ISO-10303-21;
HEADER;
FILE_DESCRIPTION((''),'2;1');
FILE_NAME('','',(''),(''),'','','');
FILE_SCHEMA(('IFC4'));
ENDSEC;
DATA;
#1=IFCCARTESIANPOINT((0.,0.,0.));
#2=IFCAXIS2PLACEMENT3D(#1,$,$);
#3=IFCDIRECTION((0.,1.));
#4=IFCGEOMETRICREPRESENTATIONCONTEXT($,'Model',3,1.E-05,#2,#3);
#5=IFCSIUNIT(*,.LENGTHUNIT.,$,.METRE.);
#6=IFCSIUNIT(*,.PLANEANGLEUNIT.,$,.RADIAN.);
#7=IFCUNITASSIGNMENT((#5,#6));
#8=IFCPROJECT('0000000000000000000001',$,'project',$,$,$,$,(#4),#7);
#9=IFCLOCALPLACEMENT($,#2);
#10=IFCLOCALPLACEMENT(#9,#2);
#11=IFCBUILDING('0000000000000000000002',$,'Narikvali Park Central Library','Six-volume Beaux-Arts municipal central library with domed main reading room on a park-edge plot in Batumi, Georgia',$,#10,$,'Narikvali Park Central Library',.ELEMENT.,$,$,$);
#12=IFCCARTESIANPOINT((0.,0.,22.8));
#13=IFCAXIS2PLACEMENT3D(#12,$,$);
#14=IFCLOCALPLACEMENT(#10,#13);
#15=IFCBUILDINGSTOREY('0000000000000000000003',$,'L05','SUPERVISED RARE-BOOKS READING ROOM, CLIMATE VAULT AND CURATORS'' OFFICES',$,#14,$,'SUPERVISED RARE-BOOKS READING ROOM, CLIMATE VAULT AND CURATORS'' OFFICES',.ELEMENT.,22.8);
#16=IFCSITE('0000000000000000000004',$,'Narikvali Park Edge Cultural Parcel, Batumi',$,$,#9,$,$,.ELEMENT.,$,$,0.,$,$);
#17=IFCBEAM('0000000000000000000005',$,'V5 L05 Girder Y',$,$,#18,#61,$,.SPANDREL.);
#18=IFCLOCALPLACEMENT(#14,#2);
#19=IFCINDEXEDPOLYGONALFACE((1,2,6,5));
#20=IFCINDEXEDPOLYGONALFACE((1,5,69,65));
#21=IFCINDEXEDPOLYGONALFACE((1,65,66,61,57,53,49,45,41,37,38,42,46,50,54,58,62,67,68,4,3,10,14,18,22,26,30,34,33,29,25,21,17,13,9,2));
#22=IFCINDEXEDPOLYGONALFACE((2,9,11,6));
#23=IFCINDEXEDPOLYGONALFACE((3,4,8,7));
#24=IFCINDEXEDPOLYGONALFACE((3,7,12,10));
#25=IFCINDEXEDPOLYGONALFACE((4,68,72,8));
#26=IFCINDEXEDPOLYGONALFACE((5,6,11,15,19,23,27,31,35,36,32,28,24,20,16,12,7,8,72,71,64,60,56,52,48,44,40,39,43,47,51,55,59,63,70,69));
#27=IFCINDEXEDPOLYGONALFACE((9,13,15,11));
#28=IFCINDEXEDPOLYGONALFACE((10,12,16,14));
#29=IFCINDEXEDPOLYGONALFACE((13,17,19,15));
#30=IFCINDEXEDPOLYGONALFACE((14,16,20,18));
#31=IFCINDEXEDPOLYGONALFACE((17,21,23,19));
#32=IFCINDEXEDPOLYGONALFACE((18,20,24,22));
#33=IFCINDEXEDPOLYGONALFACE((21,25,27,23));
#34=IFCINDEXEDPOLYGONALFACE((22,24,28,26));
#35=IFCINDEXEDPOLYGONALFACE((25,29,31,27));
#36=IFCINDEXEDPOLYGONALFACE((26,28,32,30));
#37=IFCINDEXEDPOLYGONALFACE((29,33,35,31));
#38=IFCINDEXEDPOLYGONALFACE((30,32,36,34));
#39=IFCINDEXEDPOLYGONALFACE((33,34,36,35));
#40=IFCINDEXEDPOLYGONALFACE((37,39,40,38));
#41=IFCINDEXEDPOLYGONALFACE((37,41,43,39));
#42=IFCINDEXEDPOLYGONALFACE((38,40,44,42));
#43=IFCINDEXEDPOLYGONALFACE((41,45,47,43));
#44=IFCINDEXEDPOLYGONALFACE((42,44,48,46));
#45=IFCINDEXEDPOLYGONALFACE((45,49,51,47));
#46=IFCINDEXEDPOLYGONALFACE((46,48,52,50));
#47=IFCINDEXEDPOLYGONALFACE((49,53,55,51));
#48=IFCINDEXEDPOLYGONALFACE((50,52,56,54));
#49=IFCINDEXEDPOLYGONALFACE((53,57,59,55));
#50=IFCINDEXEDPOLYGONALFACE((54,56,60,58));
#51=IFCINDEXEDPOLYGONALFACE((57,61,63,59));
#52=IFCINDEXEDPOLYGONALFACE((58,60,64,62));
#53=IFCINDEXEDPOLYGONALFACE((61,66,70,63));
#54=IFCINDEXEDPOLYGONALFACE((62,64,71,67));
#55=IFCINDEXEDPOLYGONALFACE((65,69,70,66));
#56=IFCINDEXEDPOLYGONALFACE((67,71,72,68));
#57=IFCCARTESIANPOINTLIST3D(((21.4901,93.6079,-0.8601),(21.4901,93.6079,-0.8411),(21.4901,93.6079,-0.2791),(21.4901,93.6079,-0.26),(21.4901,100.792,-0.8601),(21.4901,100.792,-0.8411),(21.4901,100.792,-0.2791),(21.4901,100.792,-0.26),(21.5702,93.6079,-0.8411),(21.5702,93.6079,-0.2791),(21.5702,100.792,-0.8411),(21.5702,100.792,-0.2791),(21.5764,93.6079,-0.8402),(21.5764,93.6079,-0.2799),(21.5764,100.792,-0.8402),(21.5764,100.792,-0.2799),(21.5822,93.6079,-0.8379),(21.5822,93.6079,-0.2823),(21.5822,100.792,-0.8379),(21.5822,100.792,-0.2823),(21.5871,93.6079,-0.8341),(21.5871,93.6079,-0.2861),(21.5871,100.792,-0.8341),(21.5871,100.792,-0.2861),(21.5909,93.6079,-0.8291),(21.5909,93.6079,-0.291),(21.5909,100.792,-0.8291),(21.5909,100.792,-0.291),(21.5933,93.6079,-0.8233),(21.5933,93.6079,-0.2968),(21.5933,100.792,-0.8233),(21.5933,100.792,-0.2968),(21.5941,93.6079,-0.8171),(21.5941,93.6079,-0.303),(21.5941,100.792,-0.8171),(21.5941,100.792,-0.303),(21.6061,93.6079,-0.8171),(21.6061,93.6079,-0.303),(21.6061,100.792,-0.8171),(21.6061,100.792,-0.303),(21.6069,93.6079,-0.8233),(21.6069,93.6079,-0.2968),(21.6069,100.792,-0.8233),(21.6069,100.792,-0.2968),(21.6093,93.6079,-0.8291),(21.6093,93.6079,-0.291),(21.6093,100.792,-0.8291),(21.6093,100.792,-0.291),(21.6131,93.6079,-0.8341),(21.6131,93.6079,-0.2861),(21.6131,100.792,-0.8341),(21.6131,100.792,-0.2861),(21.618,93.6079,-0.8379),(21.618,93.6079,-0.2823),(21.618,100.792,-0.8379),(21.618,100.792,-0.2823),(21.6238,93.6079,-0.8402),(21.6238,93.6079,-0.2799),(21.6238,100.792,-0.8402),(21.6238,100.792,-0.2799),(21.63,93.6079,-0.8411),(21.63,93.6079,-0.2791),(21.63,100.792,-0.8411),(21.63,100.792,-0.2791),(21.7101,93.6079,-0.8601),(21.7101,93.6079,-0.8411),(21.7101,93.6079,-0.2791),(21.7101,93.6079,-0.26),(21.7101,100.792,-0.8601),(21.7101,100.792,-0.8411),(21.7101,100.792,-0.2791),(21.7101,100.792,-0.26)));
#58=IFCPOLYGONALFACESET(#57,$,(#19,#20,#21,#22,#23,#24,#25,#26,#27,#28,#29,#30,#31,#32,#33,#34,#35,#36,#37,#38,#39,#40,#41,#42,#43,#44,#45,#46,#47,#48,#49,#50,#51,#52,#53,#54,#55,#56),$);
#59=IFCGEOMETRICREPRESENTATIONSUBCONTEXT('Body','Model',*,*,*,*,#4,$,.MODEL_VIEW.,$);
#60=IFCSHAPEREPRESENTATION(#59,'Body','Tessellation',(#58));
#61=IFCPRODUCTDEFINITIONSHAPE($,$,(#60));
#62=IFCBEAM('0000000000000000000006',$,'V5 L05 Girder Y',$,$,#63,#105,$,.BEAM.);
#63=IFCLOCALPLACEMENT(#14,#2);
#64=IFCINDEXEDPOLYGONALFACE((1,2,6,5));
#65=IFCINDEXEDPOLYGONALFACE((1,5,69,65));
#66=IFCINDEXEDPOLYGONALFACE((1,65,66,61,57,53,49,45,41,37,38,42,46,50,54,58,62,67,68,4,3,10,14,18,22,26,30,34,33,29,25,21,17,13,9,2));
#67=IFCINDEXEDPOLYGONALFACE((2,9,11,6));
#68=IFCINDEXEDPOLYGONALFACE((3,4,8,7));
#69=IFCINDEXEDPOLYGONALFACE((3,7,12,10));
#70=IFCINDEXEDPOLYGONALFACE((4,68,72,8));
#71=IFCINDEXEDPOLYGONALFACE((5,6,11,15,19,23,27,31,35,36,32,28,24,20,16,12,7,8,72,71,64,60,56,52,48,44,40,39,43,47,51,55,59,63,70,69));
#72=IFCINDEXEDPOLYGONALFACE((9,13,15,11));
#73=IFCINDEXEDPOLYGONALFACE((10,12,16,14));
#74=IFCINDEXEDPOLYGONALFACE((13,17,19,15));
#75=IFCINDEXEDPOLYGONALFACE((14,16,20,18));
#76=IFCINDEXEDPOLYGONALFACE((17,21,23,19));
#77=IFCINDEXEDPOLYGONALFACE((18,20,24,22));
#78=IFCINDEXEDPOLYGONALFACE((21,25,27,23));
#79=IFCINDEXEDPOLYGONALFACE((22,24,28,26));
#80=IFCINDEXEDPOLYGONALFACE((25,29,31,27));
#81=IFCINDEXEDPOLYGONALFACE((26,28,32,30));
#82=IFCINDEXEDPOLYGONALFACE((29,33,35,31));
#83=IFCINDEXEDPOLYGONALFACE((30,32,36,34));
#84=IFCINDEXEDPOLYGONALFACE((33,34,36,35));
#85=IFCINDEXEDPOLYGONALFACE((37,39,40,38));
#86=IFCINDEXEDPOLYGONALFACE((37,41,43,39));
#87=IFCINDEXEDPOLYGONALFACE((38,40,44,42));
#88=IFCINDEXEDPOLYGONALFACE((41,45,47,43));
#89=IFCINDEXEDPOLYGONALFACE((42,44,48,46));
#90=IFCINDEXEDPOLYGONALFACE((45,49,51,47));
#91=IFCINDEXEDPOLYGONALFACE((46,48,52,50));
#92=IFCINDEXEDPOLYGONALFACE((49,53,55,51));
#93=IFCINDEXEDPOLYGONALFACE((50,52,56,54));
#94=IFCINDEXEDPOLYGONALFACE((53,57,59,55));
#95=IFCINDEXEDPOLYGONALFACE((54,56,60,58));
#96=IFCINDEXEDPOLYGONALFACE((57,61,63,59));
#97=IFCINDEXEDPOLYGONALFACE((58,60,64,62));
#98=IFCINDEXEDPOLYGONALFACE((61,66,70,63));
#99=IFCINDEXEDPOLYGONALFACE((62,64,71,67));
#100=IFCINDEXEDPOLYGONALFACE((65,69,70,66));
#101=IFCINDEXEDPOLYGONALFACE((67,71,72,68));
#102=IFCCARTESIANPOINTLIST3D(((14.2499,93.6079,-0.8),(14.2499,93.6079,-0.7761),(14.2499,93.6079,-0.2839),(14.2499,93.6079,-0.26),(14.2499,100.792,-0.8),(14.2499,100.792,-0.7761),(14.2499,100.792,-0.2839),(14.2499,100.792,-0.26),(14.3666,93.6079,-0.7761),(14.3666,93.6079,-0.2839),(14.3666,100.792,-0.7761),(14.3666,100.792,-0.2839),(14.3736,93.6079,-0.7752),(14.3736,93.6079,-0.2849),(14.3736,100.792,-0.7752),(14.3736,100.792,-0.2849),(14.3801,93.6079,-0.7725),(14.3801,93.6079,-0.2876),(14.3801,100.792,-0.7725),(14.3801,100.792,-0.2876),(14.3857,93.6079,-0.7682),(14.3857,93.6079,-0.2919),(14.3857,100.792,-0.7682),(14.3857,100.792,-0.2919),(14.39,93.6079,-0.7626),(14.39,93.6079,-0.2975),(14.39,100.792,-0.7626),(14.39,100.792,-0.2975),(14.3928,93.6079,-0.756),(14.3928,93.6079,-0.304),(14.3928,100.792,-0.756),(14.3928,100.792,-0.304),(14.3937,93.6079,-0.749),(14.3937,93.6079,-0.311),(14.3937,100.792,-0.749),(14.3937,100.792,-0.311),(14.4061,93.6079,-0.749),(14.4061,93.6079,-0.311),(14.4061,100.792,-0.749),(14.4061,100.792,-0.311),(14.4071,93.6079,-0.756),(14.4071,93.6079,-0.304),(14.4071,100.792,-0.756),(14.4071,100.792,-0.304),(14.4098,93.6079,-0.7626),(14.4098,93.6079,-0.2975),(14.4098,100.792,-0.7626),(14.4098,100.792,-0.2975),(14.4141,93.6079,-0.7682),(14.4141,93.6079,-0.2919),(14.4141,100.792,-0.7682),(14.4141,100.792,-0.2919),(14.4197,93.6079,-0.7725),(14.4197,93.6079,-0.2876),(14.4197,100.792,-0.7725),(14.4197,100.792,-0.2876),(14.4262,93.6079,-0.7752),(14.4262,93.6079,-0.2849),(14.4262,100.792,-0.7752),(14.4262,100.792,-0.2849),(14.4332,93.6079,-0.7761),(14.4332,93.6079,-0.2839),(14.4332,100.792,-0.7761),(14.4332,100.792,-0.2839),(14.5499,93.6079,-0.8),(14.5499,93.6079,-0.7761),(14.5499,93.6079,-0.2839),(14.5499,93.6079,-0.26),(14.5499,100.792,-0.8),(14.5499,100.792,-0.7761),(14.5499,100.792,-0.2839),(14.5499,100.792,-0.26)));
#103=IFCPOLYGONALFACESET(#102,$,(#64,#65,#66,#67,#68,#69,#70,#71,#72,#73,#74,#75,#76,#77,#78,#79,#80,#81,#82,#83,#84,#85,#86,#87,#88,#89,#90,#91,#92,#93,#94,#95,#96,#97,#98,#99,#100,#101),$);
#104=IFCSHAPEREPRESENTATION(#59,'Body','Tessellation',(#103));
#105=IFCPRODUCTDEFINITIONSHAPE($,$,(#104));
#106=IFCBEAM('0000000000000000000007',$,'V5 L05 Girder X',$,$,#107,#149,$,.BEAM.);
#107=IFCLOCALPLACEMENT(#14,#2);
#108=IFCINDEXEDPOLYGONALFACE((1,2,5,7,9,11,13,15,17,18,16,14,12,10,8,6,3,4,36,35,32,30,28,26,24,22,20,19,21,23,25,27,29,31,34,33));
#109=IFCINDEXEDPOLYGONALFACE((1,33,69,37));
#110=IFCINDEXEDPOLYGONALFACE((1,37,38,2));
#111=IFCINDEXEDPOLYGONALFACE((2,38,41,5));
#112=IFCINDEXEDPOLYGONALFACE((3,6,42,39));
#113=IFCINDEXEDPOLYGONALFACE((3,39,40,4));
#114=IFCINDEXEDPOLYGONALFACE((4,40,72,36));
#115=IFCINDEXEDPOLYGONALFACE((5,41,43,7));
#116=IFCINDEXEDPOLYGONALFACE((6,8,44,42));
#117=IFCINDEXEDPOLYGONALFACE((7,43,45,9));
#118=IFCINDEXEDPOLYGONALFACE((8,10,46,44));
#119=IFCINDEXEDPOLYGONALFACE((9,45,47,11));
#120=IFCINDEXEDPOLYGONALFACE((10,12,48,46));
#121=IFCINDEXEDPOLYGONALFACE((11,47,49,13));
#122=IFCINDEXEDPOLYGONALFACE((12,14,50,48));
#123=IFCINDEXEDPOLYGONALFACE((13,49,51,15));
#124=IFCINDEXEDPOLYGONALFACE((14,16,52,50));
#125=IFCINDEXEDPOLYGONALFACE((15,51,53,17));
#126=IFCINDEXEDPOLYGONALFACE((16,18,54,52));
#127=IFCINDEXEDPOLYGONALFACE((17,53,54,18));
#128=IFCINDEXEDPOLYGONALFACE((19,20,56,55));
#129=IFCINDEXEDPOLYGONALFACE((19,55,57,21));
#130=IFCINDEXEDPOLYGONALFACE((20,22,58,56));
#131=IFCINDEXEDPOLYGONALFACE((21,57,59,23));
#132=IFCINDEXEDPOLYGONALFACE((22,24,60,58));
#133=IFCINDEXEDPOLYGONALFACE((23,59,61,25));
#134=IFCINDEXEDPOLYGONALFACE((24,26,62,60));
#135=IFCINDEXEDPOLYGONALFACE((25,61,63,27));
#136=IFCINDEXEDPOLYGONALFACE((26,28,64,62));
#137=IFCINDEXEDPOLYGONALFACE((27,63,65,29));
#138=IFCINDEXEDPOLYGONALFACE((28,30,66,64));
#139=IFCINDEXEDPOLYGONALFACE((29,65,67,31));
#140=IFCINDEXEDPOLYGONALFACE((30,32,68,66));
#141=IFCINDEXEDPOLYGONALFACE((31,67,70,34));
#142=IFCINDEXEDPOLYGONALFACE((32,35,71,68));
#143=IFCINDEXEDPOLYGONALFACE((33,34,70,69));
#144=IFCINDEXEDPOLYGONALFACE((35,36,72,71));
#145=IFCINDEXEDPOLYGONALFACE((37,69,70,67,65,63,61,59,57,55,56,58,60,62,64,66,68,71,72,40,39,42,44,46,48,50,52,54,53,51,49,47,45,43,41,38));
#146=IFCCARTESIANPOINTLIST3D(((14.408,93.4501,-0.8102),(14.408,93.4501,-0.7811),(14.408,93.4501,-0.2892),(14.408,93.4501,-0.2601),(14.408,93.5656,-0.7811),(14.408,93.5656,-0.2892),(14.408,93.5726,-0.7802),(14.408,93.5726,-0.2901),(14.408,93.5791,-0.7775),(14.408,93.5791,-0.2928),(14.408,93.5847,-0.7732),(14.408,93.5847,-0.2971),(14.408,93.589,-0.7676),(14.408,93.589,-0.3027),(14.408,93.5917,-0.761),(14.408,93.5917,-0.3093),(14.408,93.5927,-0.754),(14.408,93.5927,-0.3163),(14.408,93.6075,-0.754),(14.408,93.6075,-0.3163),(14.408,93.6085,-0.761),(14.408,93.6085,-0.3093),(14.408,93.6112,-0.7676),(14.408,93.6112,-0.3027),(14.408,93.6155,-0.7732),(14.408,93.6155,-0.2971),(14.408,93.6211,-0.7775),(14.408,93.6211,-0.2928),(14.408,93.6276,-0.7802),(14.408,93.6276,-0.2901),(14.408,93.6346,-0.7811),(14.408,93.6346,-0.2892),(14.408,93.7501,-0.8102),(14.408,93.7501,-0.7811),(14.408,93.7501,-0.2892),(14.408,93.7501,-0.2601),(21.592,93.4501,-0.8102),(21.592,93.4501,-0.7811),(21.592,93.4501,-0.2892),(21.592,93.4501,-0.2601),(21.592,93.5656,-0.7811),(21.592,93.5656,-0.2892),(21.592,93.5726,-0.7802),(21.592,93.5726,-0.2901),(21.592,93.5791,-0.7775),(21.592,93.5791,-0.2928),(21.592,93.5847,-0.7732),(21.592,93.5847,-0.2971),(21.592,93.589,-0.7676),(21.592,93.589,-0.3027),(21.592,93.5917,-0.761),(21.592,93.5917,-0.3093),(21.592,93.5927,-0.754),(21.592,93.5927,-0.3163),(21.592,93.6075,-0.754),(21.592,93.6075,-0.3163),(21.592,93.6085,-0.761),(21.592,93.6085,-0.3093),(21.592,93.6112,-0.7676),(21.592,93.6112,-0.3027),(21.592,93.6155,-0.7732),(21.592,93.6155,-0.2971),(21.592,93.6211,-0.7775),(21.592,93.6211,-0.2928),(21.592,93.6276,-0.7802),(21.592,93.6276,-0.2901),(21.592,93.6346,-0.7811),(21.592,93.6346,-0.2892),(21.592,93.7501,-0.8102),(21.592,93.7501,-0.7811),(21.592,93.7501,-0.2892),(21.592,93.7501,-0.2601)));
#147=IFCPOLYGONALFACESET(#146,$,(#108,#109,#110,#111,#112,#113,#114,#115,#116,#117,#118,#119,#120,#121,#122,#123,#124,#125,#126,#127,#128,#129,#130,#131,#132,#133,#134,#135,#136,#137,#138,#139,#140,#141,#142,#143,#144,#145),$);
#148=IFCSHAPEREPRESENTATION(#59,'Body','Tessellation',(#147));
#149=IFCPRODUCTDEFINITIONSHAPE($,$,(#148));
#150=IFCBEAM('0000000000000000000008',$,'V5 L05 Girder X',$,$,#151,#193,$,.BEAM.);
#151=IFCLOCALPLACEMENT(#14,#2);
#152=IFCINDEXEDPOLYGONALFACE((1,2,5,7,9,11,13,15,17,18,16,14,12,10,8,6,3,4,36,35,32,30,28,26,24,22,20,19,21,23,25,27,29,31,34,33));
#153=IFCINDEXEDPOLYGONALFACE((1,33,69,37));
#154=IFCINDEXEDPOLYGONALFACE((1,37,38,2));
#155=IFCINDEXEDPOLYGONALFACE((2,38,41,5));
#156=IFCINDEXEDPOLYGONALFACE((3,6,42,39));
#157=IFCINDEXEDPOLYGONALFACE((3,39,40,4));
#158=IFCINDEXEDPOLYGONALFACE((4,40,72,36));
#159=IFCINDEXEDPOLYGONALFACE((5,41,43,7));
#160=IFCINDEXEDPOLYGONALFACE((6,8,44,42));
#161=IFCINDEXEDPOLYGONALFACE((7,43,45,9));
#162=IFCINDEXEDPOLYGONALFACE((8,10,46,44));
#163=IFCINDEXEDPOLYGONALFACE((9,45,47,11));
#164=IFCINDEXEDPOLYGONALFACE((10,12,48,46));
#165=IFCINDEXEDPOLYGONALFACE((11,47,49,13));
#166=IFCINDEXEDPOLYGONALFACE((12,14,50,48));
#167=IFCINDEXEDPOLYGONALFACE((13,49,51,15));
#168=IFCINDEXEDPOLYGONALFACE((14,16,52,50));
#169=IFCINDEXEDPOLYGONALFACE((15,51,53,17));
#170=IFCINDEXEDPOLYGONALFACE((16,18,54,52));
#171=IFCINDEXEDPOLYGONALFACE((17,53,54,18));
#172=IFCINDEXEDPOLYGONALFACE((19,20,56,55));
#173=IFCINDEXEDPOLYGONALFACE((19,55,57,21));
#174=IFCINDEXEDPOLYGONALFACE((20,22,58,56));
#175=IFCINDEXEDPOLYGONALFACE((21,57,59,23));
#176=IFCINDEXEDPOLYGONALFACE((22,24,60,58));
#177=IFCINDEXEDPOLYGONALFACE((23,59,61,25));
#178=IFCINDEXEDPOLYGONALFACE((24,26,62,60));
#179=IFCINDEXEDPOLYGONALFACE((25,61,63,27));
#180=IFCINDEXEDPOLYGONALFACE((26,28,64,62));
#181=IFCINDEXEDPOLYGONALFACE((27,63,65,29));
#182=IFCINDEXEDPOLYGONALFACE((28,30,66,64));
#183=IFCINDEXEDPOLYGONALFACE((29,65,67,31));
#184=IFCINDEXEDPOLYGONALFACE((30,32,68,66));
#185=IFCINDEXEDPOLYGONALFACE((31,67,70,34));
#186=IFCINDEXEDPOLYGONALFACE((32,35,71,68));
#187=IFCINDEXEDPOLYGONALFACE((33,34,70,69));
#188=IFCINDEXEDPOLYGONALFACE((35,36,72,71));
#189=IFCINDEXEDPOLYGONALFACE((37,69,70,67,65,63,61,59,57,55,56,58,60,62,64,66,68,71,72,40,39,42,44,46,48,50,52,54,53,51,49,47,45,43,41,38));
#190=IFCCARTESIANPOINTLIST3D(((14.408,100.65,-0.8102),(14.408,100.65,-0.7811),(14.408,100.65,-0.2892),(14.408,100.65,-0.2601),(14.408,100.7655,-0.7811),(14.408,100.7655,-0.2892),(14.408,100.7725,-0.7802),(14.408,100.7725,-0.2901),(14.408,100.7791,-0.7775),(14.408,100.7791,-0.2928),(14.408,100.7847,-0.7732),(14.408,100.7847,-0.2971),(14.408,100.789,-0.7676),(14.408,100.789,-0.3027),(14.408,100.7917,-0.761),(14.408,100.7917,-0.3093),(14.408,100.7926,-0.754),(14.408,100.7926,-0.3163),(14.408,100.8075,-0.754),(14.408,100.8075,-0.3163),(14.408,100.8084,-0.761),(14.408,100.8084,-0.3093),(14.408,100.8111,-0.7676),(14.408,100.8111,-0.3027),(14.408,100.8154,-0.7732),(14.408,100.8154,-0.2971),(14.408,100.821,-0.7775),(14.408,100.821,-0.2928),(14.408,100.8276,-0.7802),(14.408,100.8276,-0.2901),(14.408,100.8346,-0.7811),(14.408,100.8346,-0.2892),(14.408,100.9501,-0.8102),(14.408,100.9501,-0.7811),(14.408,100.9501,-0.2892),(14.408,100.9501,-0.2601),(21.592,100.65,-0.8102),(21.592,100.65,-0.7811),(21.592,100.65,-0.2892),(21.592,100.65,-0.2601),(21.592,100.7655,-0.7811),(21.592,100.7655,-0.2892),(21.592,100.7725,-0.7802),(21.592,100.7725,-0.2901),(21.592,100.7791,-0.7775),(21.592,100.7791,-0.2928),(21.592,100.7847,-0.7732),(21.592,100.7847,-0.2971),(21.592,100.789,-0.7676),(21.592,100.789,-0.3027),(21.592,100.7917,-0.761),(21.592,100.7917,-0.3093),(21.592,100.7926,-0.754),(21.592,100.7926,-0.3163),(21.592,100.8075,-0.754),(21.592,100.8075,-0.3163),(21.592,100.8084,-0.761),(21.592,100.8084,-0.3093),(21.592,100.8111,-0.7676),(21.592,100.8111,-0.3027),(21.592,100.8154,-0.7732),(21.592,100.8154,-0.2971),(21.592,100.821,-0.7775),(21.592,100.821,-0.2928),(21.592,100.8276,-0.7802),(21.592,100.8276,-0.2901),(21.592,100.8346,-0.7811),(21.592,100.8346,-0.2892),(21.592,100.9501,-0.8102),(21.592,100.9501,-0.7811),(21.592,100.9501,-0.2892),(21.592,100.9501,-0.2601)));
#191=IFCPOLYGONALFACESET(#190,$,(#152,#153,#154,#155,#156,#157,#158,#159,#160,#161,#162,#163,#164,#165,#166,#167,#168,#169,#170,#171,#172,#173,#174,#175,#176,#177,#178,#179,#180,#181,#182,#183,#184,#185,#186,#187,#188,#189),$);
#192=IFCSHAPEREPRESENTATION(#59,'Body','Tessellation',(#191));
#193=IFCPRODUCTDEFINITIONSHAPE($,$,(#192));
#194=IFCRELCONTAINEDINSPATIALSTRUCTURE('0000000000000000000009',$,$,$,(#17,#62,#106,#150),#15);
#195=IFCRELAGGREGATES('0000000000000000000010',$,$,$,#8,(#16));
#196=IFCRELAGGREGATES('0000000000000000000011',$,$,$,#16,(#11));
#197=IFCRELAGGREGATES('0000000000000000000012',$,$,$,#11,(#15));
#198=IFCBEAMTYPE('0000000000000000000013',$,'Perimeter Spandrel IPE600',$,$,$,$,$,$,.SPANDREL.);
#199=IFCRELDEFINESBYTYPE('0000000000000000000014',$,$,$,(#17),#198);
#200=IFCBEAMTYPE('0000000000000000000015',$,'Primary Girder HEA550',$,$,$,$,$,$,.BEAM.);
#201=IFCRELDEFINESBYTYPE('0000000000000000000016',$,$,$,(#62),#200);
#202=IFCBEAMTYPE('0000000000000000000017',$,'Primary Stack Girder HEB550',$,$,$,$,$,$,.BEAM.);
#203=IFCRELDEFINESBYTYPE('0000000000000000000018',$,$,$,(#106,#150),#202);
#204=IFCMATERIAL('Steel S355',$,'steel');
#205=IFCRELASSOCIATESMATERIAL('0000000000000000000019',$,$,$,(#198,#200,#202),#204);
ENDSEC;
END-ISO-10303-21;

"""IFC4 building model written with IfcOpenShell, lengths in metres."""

from ifc_helpers import new_model, si_unit, direction, frame, origin, origin_2d, place, context, subcontext, project, spatial, i_section, extrude, material, material_profile, profile_set, type_object, element, save


model = new_model("IFC4")

# Units and contexts
model_context = context("Model", 3, precision=1e-05, world=origin(), true_north=direction((0.0, 1.0)))
body_context = subcontext(model_context, "Body", "Model", "MODEL_VIEW")
ifc_project = project(units=[si_unit("LENGTHUNIT", "METRE"), si_unit("PLANEANGLEUNIT", "RADIAN")], contexts=[model_context])

# Site, building, storey
site_placement = place(None, origin())
site = spatial("IfcSite", under=ifc_project, at=site_placement, Name="Narikvali Park Edge Cultural Parcel, Batumi", CompositionType="ELEMENT", RefElevation=0.0)
building_placement = place(site_placement, origin())
building = spatial("IfcBuilding", under=site, at=building_placement, Name="Narikvali Park Central Library", Description="Six-volume Beaux-Arts municipal central library with domed main reading room on a park-edge plot in Batumi, Georgia", LongName="Narikvali Park Central Library", CompositionType="ELEMENT")
storey_placement = place(building_placement, frame((0.0, 0.0, 22.8)))
storey = spatial("IfcBuildingStorey", under=building, at=storey_placement, Name="L05", Description="SUPERVISED RARE-BOOKS READING ROOM, CLIMATE VAULT AND CURATORS' OFFICES", LongName="SUPERVISED RARE-BOOKS READING ROOM, CLIMATE VAULT AND CURATORS' OFFICES", CompositionType="ELEMENT", Elevation=22.8)

# Shared definitions
ifc_material_1 = material(Name="Steel S355", Category="steel")

# Beams
ifc_material_profile_1 = material_profile(ifc_material_1, i_section(OverallWidth=0.22, OverallDepth=0.6001, WebThickness=0.012, FlangeThickness=0.019, FilletRadius=0.0239, at=origin_2d()), Name="IPE 600")
ifc_profile_set_1 = profile_set([ifc_material_profile_1], Name="Steel S355")
beam_type_1 = type_object("IfcBeamType", Name="Perimeter Spandrel IPE600", PredefinedType="SPANDREL", material=ifc_profile_set_1)
beam_1_placement = place(storey_placement, frame((21.6001, 93.6079, -0.5601), z_axis=(0.0, 1.0, 0.0), x_axis=(-1.0, 0.0, 0.0)))
element("IfcBeam", 1, at=beam_1_placement, inside=storey, type_object=beam_type_1, Name="V5 L05 Girder Y", PredefinedType="SPANDREL", context=body_context, shape_type="SweptSolid", body=[
    extrude(i_section(OverallWidth=0.22, OverallDepth=0.6001, WebThickness=0.012, FlangeThickness=0.019, FilletRadius=0.0239, at=origin_2d()), origin(), (0.0, 0.0, 1.0), 7.1841),
])
ifc_material_profile_2 = material_profile(ifc_material_1, i_section(OverallWidth=0.3, OverallDepth=0.54, WebThickness=0.0125, FlangeThickness=0.0239, FilletRadius=0.0271, at=origin_2d()), Name="HEA 550")
ifc_profile_set_2 = profile_set([ifc_material_profile_2], Name="Steel S355")
beam_type_2 = type_object("IfcBeamType", Name="Primary Girder HEA550", PredefinedType="BEAM", material=ifc_profile_set_2)
beam_2_placement = place(storey_placement, frame((14.3999, 93.6079, -0.53), z_axis=(0.0, 1.0, 0.0), x_axis=(-1.0, 0.0, 0.0)))
element("IfcBeam", 2, at=beam_2_placement, inside=storey, type_object=beam_type_2, Name="V5 L05 Girder Y", PredefinedType="BEAM", context=body_context, shape_type="SweptSolid", body=[
    extrude(i_section(OverallWidth=0.3, OverallDepth=0.54, WebThickness=0.0125, FlangeThickness=0.0239, FilletRadius=0.0271, at=origin_2d()), origin(), (0.0, 0.0, 1.0), 7.1841),
])
ifc_material_profile_3 = material_profile(ifc_material_1, i_section(OverallWidth=0.3, OverallDepth=0.55, WebThickness=0.0149, FlangeThickness=0.0291, FilletRadius=0.0271, at=origin_2d()), Name="HEB 550")
ifc_profile_set_3 = profile_set([ifc_material_profile_3], Name="Steel S355")
beam_type_3 = type_object("IfcBeamType", Name="Primary Stack Girder HEB550", PredefinedType="BEAM", material=ifc_profile_set_3)
for number, where, z_axis, x_axis, name in (
    (3, (14.408, 93.6001, -0.5352), (1.0, 0.0, 0.0), (0.0, 1.0, 0.0), "V5 L05 Girder X"),
    (4, (14.408, 100.8, -0.5352), (1.0, 0.0, 0.0), (0.0, 1.0, 0.0), "V5 L05 Girder X"),
):
    element("IfcBeam", number, at=place(storey_placement, frame(where, z_axis=z_axis, x_axis=x_axis)), inside=storey, type_object=beam_type_3, Name=name, PredefinedType="BEAM", context=body_context, shape_type="SweptSolid", body=[
        extrude(i_section(OverallWidth=0.3, OverallDepth=0.55, WebThickness=0.0149, FlangeThickness=0.0291, FilletRadius=0.0271, at=origin_2d()), origin(), (0.0, 0.0, 1.0), 7.1841),
    ])

save(model, "model.ifc")
